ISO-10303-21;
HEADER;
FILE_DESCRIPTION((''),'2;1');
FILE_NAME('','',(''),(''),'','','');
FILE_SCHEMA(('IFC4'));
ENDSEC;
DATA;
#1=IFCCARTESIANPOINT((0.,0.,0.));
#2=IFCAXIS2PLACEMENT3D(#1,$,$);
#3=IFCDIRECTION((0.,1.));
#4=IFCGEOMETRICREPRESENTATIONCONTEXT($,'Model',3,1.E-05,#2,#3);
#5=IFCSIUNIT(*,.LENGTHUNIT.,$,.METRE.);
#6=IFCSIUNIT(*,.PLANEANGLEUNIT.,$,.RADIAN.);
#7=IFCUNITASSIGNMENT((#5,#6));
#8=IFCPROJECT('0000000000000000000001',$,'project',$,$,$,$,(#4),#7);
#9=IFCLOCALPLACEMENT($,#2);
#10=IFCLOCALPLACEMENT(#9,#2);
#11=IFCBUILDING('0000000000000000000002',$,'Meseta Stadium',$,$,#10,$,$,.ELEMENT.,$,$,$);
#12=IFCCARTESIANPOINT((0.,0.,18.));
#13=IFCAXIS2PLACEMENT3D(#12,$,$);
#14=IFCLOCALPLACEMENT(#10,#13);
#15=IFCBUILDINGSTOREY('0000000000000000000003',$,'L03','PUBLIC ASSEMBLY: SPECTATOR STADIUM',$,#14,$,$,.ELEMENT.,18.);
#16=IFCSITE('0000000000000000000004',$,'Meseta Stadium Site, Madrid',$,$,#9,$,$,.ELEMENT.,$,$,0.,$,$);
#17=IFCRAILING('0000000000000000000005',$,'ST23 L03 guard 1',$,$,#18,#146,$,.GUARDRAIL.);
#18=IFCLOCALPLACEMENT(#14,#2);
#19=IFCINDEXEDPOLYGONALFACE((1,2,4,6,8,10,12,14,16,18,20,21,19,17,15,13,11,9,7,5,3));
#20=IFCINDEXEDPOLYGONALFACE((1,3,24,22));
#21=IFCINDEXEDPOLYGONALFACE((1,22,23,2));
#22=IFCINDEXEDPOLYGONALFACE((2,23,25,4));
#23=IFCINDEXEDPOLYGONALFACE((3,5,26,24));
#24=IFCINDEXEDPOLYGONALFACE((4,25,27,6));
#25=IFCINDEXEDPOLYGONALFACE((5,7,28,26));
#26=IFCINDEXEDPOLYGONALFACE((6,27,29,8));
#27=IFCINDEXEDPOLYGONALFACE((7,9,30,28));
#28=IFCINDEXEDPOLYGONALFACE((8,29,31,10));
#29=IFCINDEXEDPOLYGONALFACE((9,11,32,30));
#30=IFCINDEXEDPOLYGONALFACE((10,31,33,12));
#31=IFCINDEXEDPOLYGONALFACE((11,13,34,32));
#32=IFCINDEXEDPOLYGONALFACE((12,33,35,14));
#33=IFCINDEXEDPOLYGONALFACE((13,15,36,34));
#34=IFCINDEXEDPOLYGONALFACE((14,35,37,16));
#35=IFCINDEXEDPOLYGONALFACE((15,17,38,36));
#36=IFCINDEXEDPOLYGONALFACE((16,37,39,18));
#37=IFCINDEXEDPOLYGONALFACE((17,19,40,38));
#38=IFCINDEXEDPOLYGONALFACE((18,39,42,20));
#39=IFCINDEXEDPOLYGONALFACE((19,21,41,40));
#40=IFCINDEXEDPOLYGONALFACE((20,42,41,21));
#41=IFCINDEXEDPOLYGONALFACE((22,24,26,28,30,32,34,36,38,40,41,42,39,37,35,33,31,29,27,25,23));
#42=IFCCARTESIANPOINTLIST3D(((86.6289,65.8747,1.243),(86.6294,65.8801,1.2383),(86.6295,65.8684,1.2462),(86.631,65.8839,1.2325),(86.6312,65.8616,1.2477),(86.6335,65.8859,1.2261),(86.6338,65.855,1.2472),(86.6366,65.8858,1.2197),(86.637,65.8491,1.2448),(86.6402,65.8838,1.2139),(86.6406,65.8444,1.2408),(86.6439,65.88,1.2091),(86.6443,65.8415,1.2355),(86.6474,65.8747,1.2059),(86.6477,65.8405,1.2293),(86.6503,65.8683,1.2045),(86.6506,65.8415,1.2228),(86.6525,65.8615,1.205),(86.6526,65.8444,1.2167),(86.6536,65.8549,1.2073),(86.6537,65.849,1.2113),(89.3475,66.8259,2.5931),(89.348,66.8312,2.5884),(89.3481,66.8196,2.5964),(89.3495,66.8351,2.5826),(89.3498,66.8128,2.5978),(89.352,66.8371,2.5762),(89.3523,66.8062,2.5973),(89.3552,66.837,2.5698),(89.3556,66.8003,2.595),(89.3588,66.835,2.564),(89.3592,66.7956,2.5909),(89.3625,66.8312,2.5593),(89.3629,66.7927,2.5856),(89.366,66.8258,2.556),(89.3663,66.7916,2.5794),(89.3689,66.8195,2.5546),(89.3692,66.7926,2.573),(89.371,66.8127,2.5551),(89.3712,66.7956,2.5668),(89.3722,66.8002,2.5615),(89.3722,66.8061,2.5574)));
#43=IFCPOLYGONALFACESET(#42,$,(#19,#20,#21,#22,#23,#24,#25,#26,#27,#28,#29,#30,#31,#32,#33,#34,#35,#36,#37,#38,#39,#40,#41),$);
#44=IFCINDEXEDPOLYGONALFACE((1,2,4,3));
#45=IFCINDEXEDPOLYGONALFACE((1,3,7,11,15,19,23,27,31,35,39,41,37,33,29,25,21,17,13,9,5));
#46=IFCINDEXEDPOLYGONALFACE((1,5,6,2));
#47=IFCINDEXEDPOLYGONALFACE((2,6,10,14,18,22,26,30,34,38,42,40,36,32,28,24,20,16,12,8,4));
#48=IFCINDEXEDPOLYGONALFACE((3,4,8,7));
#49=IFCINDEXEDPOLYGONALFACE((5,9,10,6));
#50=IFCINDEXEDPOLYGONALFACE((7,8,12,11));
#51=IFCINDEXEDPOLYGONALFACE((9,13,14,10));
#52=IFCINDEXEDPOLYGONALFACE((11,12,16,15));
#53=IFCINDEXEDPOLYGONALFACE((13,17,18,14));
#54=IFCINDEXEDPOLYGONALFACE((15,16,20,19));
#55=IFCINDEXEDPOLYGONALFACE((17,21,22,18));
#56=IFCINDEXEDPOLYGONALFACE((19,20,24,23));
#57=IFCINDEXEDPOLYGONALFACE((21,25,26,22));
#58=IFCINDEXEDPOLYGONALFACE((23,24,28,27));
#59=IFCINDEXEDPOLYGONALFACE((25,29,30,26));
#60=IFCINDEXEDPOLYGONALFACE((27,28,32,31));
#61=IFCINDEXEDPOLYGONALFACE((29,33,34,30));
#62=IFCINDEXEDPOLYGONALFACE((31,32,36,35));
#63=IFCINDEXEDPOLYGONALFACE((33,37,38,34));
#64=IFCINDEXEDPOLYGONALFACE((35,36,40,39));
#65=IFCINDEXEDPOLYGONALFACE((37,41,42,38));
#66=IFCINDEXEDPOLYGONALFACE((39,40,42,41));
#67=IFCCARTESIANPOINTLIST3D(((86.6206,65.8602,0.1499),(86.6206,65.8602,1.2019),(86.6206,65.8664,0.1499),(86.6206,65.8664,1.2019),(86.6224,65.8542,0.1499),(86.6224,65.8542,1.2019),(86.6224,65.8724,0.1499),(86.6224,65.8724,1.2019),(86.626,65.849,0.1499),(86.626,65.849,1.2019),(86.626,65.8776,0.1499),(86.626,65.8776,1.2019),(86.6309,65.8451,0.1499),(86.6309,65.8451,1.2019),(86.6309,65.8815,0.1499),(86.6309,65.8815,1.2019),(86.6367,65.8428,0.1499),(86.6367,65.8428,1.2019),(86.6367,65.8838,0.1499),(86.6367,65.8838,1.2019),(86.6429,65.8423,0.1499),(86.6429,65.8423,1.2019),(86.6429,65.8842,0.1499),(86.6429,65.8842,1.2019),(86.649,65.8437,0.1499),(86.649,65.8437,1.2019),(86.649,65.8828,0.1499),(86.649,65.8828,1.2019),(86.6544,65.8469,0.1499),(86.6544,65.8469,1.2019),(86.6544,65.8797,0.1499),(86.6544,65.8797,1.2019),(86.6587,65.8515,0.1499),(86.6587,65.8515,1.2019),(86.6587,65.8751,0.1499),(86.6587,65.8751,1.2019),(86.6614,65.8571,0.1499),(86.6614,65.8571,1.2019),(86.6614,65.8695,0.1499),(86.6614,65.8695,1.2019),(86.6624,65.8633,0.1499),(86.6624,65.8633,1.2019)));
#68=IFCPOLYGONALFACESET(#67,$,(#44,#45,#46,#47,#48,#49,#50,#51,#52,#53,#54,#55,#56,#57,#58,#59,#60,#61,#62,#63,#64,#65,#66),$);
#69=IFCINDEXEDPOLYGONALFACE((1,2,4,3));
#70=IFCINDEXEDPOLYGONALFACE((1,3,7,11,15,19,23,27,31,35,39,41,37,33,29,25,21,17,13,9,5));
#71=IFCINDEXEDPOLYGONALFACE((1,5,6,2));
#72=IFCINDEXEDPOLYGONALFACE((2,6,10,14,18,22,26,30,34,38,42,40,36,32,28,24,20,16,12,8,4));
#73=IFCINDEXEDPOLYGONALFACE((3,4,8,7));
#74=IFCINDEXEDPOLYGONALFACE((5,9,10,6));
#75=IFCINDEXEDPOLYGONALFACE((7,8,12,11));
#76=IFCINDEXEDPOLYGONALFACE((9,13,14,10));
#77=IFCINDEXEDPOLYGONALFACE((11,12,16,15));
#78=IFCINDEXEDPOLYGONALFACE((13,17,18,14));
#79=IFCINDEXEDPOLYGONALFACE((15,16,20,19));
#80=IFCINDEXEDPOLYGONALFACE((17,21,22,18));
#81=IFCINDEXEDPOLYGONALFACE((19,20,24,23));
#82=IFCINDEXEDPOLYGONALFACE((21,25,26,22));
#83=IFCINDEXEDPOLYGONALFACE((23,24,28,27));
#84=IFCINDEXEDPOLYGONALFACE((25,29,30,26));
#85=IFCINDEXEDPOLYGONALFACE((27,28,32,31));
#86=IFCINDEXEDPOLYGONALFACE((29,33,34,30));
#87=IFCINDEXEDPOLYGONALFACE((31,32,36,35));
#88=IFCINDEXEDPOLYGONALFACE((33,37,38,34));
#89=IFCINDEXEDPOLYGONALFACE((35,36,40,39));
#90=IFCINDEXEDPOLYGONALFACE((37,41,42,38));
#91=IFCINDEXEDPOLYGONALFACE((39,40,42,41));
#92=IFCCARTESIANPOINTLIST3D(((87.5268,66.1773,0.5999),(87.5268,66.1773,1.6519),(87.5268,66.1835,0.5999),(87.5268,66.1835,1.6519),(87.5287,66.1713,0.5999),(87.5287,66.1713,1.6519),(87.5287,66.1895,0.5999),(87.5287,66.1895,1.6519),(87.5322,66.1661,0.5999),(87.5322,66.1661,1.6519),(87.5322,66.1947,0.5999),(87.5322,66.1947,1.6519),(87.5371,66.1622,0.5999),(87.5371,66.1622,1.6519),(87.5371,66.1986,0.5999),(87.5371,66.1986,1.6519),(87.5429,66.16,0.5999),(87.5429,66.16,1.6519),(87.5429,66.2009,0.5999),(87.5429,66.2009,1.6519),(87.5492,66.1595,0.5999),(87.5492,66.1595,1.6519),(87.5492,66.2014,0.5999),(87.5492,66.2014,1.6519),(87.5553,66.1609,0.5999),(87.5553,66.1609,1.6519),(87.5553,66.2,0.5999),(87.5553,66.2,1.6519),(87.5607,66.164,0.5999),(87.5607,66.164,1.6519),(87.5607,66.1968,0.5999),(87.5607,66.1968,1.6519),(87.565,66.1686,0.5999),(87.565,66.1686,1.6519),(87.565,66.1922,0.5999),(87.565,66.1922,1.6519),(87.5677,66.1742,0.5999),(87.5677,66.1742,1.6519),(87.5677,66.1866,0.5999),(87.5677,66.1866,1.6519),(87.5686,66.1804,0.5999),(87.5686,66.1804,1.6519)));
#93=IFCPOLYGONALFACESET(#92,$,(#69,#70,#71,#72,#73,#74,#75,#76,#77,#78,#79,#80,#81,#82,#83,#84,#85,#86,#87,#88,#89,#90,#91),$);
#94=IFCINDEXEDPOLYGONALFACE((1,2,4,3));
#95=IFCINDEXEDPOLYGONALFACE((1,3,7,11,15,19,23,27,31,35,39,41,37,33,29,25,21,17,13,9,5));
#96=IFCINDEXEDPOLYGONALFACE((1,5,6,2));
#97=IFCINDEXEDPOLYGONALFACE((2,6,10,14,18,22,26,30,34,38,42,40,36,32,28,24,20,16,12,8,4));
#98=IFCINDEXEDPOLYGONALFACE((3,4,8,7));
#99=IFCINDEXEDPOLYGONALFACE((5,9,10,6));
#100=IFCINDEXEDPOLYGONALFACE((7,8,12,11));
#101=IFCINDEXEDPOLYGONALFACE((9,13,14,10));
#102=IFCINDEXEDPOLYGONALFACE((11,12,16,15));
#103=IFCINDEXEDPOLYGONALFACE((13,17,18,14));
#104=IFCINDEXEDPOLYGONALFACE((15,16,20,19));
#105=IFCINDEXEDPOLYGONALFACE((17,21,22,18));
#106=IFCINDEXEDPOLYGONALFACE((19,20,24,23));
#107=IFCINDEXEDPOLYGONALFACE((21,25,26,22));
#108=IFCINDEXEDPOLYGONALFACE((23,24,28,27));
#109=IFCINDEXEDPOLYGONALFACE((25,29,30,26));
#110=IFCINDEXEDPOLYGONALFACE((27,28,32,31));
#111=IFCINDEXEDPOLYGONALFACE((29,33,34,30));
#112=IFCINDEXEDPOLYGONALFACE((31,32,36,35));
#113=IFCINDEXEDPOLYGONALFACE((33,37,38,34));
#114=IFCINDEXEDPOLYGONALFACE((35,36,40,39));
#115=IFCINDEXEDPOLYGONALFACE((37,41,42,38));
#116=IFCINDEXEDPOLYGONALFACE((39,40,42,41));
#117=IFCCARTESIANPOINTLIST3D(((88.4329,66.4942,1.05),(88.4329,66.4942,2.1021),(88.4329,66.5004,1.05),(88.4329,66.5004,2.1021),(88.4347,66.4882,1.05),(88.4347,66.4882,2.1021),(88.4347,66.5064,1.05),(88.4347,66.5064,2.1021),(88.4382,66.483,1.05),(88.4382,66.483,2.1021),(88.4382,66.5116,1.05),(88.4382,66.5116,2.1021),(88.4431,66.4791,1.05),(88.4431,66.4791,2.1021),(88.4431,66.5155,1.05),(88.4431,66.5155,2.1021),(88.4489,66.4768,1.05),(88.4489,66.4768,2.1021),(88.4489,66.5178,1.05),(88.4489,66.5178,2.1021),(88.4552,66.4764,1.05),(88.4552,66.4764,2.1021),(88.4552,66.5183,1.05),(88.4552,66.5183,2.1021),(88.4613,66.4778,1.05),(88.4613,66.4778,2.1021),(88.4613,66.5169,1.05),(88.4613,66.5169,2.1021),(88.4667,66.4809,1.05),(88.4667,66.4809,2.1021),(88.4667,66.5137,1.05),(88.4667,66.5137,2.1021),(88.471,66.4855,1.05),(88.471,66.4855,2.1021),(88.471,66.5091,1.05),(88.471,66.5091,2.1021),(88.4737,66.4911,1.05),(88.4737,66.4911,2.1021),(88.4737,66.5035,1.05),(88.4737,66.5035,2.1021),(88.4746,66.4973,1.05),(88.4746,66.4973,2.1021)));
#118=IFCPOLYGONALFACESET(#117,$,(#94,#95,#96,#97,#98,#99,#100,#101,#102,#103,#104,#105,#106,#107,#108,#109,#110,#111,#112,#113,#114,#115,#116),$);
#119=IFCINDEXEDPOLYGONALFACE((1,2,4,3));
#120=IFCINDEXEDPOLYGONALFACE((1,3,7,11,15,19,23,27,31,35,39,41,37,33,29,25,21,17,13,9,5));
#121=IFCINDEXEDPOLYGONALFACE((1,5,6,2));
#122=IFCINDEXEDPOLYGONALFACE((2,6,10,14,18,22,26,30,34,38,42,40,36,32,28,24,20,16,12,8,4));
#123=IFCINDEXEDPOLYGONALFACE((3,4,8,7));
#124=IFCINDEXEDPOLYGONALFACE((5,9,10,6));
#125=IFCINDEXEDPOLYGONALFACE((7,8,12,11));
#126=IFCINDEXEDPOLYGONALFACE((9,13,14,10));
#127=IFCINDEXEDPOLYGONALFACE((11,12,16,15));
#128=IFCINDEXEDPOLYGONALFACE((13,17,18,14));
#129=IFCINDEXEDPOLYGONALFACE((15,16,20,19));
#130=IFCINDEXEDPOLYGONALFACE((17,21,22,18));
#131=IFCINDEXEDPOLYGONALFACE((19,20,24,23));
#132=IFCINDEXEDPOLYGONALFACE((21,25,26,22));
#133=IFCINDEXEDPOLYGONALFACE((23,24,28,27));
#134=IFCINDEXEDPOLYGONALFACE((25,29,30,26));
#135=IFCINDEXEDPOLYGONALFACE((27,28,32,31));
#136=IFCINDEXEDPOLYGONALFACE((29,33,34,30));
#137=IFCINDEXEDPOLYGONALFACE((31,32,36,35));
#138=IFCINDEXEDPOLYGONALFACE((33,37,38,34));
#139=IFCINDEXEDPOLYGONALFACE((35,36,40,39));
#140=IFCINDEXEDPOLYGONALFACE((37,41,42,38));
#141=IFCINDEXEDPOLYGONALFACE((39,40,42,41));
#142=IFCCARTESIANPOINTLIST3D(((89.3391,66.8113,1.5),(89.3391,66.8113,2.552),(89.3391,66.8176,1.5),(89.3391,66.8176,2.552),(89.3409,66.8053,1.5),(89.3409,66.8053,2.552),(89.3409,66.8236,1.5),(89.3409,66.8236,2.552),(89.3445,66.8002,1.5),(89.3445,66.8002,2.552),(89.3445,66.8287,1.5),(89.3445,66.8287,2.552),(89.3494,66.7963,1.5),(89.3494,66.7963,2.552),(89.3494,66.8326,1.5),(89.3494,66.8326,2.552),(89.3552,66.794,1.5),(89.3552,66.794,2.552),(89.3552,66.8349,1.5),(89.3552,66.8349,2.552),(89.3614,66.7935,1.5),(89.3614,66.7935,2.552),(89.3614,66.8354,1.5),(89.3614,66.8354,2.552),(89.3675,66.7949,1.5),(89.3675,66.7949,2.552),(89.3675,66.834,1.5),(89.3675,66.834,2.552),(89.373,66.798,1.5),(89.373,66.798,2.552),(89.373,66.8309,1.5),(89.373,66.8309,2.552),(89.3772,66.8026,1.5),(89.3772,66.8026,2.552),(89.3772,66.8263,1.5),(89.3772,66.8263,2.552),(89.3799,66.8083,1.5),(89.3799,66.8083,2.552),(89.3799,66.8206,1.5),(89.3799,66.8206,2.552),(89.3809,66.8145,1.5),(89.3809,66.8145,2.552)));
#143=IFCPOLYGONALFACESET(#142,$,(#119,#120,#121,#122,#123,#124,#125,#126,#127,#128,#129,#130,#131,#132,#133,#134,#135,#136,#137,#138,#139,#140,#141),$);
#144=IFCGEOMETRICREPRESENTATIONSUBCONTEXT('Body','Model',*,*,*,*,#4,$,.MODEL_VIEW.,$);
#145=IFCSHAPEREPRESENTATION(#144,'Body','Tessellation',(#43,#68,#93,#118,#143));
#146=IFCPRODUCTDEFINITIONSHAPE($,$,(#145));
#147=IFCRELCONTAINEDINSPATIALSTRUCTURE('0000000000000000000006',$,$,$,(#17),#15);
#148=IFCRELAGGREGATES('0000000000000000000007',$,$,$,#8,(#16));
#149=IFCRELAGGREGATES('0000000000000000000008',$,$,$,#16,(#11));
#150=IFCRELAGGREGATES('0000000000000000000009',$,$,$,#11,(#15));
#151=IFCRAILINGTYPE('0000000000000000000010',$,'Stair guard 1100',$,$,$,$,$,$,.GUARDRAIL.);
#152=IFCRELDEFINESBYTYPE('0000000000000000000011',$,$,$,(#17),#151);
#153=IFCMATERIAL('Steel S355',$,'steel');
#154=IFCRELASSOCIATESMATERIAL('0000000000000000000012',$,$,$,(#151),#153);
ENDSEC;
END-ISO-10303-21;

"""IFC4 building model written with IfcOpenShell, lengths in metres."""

from ifc_helpers import new_model, si_unit, direction, frame, origin, origin_2d, place, context, subcontext, project, spatial, circle, extrude, material, type_object, element, save


model = new_model("IFC4")

# Units and contexts
model_context = context("Model", 3, precision=1e-05, world=origin(), true_north=direction((0.0, 1.0)))
body_context = subcontext(model_context, "Body", "Model", "MODEL_VIEW")
ifc_project = project(units=[si_unit("LENGTHUNIT", "METRE"), si_unit("PLANEANGLEUNIT", "RADIAN")], contexts=[model_context])

# Site, building, storey
site_placement = place(None, origin())
site = spatial("IfcSite", under=ifc_project, at=site_placement, Name="Meseta Stadium Site, Madrid", CompositionType="ELEMENT", RefElevation=0.0)
building_placement = place(site_placement, origin())
building = spatial("IfcBuilding", under=site, at=building_placement, Name="Meseta Stadium", CompositionType="ELEMENT")
storey_placement = place(building_placement, frame((0.0, 0.0, 18.0)))
storey = spatial("IfcBuildingStorey", under=building, at=storey_placement, Name="L03", Description="PUBLIC ASSEMBLY: SPECTATOR STADIUM", CompositionType="ELEMENT", Elevation=18.0)

# Railing
ifc_material_1 = material(Name="Steel S355", Category="steel")
railing_type_1 = type_object("IfcRailingType", Name="Stair guard 1100", PredefinedType="GUARDRAIL", material=ifc_material_1)
railing_1_placement = place(storey_placement, frame((86.6414, 65.8633, 0.1499)))
element("IfcRailing", 1, at=railing_1_placement, inside=storey, type_object=railing_type_1, Name="ST23 L03 guard 1", PredefinedType="GUARDRAIL", context=body_context, shape_type="SweptSolid", body=[
    extrude(circle(Radius=0.0239, at=origin_2d()), frame((0.0, 0.0, 1.0762), z_axis=(0.854649, 0.299031, 0.424446), x_axis=(-0.330256, 0.943891, 0.0)), (0.0, 0.0, 1.0), 3.1809),
    extrude(circle(Radius=0.021, at=origin_2d()), origin(), (0.0, 0.0, 1.0), 1.052),
    extrude(circle(Radius=0.021, at=origin_2d()), frame((0.9062, 0.3171, 0.45)), (0.0, 0.0, 1.0), 1.052),
    extrude(circle(Radius=0.021, at=origin_2d()), frame((1.8123, 0.634, 0.9001)), (0.0, 0.0, 1.0), 1.052),
    extrude(circle(Radius=0.021, at=origin_2d()), frame((2.7185, 0.9512, 1.3501)), (0.0, 0.0, 1.0), 1.052),
])

save(model, "model.ifc")
